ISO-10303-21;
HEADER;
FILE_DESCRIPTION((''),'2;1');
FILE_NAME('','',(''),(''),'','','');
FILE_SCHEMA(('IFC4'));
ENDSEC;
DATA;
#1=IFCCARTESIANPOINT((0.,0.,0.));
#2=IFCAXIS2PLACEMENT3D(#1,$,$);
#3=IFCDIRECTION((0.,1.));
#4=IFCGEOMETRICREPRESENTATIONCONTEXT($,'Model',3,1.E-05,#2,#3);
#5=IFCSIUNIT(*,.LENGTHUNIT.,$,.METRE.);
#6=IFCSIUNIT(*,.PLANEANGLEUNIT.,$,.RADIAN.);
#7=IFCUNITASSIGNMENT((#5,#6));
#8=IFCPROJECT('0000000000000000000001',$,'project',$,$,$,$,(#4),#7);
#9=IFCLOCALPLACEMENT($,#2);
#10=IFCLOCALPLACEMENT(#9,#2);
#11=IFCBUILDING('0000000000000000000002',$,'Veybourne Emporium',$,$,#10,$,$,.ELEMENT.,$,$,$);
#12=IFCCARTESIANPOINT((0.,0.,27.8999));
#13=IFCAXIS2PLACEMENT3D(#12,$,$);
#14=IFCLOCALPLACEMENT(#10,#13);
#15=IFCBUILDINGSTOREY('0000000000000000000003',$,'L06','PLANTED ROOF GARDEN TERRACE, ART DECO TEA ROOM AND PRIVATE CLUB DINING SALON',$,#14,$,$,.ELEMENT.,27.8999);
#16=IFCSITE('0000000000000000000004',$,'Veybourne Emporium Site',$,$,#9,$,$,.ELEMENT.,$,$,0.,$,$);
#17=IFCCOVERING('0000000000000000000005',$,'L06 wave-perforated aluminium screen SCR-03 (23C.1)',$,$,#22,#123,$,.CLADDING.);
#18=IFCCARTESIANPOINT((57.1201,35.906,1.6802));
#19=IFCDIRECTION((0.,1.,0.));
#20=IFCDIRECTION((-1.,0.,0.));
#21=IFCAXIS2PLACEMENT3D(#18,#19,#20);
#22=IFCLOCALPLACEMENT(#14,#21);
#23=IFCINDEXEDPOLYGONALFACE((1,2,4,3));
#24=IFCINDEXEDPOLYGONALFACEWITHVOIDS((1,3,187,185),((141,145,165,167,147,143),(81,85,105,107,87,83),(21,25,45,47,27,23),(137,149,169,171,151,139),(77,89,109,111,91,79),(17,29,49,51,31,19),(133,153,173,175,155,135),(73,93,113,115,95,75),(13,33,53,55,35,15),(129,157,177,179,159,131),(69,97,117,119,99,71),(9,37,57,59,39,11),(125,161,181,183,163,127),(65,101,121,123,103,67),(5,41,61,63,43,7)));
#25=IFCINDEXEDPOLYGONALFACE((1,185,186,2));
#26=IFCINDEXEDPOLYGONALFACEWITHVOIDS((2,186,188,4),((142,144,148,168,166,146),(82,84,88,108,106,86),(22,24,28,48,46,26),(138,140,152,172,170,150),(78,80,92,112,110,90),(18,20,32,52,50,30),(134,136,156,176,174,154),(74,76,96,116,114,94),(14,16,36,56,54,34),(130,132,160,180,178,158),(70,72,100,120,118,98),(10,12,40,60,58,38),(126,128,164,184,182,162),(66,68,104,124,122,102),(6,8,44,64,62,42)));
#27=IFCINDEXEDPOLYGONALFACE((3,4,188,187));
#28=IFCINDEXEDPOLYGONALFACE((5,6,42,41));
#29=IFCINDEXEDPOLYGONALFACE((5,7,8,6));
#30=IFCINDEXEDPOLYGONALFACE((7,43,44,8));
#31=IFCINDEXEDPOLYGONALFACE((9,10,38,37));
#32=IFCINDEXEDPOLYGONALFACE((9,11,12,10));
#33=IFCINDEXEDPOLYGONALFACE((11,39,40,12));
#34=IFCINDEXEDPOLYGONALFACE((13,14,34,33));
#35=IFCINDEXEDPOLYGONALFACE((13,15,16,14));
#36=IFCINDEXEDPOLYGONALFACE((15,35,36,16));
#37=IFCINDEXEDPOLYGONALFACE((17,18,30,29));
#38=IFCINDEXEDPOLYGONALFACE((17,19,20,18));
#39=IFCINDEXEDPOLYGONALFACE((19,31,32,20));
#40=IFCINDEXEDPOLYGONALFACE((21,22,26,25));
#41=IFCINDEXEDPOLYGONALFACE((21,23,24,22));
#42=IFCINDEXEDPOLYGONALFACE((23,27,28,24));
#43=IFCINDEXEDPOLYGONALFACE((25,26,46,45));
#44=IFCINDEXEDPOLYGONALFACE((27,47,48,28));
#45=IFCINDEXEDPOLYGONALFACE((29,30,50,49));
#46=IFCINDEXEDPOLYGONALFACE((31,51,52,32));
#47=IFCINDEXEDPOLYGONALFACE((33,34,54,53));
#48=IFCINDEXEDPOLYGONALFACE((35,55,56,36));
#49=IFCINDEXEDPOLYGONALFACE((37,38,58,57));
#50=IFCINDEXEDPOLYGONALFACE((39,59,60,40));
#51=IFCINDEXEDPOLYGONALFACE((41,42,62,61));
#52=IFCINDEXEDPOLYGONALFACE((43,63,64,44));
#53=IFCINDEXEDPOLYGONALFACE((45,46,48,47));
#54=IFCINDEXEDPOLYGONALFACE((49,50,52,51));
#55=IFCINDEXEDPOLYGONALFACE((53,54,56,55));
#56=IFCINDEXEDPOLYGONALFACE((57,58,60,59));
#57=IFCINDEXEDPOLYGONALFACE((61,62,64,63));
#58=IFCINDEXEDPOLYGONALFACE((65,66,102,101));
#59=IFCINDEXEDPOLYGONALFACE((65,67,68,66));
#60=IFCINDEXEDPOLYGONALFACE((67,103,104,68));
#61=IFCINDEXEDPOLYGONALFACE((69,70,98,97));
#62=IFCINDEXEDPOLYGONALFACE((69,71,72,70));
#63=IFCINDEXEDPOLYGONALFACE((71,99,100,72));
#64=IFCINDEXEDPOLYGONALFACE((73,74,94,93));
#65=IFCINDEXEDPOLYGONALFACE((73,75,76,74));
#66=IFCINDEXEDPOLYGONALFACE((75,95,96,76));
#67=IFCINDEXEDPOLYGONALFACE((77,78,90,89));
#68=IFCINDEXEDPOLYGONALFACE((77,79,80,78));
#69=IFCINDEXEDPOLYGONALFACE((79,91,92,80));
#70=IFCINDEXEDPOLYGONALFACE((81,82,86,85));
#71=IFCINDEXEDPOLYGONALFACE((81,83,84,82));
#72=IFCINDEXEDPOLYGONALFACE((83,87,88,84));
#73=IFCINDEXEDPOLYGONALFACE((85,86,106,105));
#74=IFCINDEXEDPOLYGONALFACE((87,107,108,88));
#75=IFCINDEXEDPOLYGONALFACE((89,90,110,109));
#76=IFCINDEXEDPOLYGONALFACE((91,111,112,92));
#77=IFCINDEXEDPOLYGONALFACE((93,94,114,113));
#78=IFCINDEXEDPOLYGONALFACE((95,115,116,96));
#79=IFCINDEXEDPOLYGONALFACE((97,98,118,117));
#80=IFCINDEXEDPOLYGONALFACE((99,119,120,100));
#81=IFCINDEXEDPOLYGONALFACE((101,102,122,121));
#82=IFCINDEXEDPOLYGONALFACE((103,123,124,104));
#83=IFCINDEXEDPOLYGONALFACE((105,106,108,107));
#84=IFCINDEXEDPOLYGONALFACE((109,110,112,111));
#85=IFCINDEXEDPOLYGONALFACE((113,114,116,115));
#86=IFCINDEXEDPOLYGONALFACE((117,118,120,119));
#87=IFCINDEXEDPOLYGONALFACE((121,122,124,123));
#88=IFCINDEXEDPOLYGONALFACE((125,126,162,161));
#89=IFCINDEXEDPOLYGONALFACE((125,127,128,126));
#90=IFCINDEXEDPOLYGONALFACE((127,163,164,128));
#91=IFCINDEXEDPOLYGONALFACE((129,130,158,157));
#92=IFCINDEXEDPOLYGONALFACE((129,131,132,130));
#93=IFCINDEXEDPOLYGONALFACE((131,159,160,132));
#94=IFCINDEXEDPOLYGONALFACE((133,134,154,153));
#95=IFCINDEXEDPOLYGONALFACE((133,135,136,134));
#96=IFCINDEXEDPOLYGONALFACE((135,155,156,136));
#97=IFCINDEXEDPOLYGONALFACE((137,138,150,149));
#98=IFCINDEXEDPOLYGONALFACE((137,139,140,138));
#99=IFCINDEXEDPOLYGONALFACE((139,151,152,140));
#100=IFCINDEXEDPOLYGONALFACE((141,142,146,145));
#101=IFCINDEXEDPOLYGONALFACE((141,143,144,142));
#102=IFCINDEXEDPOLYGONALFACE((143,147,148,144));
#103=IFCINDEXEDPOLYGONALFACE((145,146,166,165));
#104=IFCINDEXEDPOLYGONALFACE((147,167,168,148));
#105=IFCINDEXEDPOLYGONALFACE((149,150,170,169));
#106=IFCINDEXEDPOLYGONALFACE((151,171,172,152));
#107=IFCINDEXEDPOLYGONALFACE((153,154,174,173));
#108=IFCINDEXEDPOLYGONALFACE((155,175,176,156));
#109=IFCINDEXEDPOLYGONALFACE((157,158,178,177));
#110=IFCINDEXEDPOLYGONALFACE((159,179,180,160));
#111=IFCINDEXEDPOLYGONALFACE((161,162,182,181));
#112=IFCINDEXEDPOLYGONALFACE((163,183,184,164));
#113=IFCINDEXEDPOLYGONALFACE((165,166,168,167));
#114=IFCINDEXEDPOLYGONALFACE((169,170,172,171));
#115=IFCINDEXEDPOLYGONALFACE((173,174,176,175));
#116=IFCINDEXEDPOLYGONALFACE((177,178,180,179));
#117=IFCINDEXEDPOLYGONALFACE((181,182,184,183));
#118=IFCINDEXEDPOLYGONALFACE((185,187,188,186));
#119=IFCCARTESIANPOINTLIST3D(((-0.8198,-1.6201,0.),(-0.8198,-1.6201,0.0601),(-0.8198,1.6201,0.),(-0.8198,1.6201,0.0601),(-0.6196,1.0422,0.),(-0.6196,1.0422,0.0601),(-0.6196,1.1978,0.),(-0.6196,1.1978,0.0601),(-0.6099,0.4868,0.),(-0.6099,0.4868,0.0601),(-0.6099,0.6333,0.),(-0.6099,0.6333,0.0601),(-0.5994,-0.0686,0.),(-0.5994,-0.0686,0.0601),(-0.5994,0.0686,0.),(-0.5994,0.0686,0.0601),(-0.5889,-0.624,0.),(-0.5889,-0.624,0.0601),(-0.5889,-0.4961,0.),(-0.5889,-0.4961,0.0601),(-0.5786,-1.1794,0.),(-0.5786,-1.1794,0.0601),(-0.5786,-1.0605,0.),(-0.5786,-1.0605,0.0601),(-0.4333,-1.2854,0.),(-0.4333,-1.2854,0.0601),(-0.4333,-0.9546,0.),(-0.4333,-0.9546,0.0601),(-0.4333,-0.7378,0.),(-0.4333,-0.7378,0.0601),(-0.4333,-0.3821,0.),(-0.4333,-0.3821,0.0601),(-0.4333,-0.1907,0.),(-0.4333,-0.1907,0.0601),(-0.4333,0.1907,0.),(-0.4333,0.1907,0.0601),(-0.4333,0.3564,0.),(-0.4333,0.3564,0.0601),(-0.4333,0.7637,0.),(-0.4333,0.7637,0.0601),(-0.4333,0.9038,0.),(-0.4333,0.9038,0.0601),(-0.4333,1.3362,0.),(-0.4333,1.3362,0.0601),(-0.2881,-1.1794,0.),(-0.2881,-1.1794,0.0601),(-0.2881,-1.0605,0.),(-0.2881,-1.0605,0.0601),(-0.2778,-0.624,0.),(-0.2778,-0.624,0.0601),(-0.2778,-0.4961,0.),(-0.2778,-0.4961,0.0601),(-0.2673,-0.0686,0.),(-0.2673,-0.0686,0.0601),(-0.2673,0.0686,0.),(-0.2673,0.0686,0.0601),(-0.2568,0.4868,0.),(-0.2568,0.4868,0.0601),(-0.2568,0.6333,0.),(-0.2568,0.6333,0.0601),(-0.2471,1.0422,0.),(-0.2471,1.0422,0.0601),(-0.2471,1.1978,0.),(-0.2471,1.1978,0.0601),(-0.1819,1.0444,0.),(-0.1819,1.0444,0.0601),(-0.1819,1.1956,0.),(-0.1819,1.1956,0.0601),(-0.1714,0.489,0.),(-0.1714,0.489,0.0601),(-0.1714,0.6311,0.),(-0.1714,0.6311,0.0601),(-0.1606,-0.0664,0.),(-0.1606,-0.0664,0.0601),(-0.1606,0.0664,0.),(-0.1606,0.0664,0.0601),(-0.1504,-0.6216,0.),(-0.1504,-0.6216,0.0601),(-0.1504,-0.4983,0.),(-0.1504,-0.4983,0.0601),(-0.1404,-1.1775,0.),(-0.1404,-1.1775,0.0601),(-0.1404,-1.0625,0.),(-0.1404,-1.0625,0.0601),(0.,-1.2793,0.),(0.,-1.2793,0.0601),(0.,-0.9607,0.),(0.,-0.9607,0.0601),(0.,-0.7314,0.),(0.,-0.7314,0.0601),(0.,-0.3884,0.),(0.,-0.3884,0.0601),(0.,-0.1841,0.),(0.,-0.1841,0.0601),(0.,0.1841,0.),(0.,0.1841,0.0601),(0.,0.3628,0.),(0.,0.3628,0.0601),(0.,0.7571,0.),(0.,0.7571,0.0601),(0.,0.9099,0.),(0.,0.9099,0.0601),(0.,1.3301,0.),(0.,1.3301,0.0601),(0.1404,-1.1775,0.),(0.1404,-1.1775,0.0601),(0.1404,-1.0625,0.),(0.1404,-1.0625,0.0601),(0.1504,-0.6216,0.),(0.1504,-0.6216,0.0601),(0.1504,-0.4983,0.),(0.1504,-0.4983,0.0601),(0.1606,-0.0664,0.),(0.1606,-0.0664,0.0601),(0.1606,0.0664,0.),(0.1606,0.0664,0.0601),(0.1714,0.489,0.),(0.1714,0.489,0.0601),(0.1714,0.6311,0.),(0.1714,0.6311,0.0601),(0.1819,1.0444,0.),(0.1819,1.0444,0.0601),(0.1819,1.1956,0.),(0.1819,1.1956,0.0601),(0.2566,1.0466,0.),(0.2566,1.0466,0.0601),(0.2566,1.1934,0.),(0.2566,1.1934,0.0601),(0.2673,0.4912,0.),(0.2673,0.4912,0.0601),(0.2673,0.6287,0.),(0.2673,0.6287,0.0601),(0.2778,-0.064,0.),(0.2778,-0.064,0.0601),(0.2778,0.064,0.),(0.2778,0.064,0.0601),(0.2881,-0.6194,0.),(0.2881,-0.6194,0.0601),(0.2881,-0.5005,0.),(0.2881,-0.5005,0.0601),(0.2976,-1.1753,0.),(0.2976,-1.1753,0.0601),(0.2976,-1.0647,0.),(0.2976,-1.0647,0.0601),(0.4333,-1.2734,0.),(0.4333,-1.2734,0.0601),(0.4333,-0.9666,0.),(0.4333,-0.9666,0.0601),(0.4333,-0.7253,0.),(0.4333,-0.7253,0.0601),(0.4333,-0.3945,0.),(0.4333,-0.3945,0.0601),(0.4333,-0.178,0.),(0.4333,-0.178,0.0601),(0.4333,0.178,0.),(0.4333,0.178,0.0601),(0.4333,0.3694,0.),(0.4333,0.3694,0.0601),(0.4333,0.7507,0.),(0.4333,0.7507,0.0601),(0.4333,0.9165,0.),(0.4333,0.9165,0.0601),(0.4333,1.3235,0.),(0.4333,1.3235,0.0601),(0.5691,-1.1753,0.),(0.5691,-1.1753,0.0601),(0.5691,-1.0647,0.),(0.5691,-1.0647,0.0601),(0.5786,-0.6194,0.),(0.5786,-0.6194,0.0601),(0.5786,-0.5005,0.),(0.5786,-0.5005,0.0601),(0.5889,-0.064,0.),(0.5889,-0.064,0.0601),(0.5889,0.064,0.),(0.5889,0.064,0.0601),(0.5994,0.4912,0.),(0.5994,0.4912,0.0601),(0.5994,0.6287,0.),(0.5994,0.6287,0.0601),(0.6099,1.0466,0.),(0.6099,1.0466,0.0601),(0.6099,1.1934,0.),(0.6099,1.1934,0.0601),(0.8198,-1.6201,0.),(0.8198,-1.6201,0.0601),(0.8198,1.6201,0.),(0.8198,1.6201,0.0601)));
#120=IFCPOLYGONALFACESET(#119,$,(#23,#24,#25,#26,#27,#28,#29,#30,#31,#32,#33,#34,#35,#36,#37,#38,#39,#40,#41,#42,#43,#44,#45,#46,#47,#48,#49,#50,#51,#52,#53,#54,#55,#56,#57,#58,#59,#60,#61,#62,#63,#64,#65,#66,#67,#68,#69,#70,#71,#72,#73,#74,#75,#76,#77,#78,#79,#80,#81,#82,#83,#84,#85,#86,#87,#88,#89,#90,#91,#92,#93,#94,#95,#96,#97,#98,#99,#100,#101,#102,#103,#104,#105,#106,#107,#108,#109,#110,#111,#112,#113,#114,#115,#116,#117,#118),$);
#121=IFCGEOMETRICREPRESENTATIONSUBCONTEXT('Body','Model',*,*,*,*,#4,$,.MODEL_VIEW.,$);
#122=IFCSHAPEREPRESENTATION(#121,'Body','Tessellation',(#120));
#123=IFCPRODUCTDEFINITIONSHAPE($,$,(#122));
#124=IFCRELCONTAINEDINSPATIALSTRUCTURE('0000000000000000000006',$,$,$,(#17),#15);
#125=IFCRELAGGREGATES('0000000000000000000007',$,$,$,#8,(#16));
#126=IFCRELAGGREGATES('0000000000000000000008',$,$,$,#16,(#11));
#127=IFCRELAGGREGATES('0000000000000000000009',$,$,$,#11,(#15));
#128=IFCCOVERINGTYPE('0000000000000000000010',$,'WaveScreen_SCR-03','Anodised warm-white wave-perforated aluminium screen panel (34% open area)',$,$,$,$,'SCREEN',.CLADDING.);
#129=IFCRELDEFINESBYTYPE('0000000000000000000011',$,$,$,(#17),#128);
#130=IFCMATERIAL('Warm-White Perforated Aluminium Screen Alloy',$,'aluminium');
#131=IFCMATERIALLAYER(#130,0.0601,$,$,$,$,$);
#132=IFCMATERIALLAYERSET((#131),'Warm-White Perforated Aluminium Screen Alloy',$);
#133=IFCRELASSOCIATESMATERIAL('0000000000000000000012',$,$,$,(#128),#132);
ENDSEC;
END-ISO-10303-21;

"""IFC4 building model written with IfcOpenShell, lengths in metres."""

from ifc_helpers import new_model, si_unit, direction, frame, origin, place, context, subcontext, project, spatial, polyline, outline, extrude, material, layer, layer_set, type_object, element, save


model = new_model("IFC4")

# Units and contexts
model_context = context("Model", 3, precision=1e-05, world=origin(), true_north=direction((0.0, 1.0)))
body_context = subcontext(model_context, "Body", "Model", "MODEL_VIEW")
ifc_project = project(units=[si_unit("LENGTHUNIT", "METRE"), si_unit("PLANEANGLEUNIT", "RADIAN")], contexts=[model_context])

# Site, building, storey
site_placement = place(None, origin())
site = spatial("IfcSite", under=ifc_project, at=site_placement, Name="Veybourne Emporium Site", CompositionType="ELEMENT", RefElevation=0.0)
building_placement = place(site_placement, origin())
building = spatial("IfcBuilding", under=site, at=building_placement, Name="Veybourne Emporium", CompositionType="ELEMENT")
storey_placement = place(building_placement, frame((0.0, 0.0, 27.8999)))
storey = spatial("IfcBuildingStorey", under=building, at=storey_placement, Name="L06", Description="PLANTED ROOF GARDEN TERRACE, ART DECO TEA ROOM AND PRIVATE CLUB DINING SALON", CompositionType="ELEMENT", Elevation=27.8999)

# Covering
ifc_material_1 = material(Name="Warm-White Perforated Aluminium Screen Alloy", Category="aluminium")
ifc_layer_1 = layer(ifc_material_1, 0.0601)
ifc_layer_set_1 = layer_set([ifc_layer_1], Name="Warm-White Perforated Aluminium Screen Alloy")
covering_type_1 = type_object("IfcCoveringType", Name="WaveScreen_SCR-03", Description="Anodised warm-white wave-perforated aluminium screen panel (34% open area)", ElementType="SCREEN", PredefinedType="CLADDING", material=ifc_layer_set_1)
covering_1_placement = place(storey_placement, frame((57.1201, 35.906, 1.6802), z_axis=(0.0, 1.0, 0.0), x_axis=(-1.0, 0.0, 0.0)))
element("IfcCovering", 1, at=covering_1_placement, inside=storey, type_object=covering_type_1, Name="L06 wave-perforated aluminium screen SCR-03 (23C.1)", PredefinedType="CLADDING", context=body_context, shape_type="SweptSolid", body=[
    extrude(outline(polyline([(-0.8198, -1.6201), (0.8198, -1.6201), (0.8198, 1.6201), (-0.8198, 1.6201), (-0.8198, -1.6201)]), holes=[polyline([(-0.4333, -0.9546), (-0.2881, -1.0605), (-0.2881, -1.1794), (-0.4333, -1.2854), (-0.5786, -1.1794), (-0.5786, -1.0605), (-0.4333, -0.9546)]), polyline([(-0.4333, -0.3821), (-0.2778, -0.4961), (-0.2778, -0.624), (-0.4333, -0.7378), (-0.5889, -0.624), (-0.5889, -0.4961), (-0.4333, -0.3821)]), polyline([(-0.4333, 0.1907), (-0.2673, 0.0686), (-0.2673, -0.0686), (-0.4333, -0.1907), (-0.5994, -0.0686), (-0.5994, 0.0686), (-0.4333, 0.1907)]), polyline([(-0.4333, 0.7637), (-0.2568, 0.6333), (-0.2568, 0.4868), (-0.4333, 0.3564), (-0.6099, 0.4868), (-0.6099, 0.6333), (-0.4333, 0.7637)]), polyline([(-0.4333, 1.3362), (-0.2471, 1.1978), (-0.2471, 1.0422), (-0.4333, 0.9038), (-0.6196, 1.0422), (-0.6196, 1.1978), (-0.4333, 1.3362)]), polyline([(0.0, -0.9607), (0.1404, -1.0625), (0.1404, -1.1775), (0.0, -1.2793), (-0.1404, -1.1775), (-0.1404, -1.0625), (0.0, -0.9607)]), polyline([(0.0, -0.3884), (0.1504, -0.4983), (0.1504, -0.6216), (0.0, -0.7314), (-0.1504, -0.6216), (-0.1504, -0.4983), (0.0, -0.3884)]), polyline([(0.0, 0.1841), (0.1606, 0.0664), (0.1606, -0.0664), (0.0, -0.1841), (-0.1606, -0.0664), (-0.1606, 0.0664), (0.0, 0.1841)]), polyline([(0.0, 0.7571), (0.1714, 0.6311), (0.1714, 0.489), (0.0, 0.3628), (-0.1714, 0.489), (-0.1714, 0.6311), (0.0, 0.7571)]), polyline([(0.0, 1.3301), (0.1819, 1.1956), (0.1819, 1.0444), (0.0, 0.9099), (-0.1819, 1.0444), (-0.1819, 1.1956), (0.0, 1.3301)]), polyline([(0.4333, -0.9666), (0.5691, -1.0647), (0.5691, -1.1753), (0.4333, -1.2734), (0.2976, -1.1753), (0.2976, -1.0647), (0.4333, -0.9666)]), polyline([(0.4333, -0.3945), (0.5786, -0.5005), (0.5786, -0.6194), (0.4333, -0.7253), (0.2881, -0.6194), (0.2881, -0.5005), (0.4333, -0.3945)]), polyline([(0.4333, 0.178), (0.5889, 0.064), (0.5889, -0.064), (0.4333, -0.178), (0.2778, -0.064), (0.2778, 0.064), (0.4333, 0.178)]), polyline([(0.4333, 0.7507), (0.5994, 0.6287), (0.5994, 0.4912), (0.4333, 0.3694), (0.2673, 0.4912), (0.2673, 0.6287), (0.4333, 0.7507)]), polyline([(0.4333, 1.3235), (0.6099, 1.1934), (0.6099, 1.0466), (0.4333, 0.9165), (0.2566, 1.0466), (0.2566, 1.1934), (0.4333, 1.3235)])]), origin(), (0.0, 0.0, 1.0), 0.0601),
])

save(model, "model.ifc")
